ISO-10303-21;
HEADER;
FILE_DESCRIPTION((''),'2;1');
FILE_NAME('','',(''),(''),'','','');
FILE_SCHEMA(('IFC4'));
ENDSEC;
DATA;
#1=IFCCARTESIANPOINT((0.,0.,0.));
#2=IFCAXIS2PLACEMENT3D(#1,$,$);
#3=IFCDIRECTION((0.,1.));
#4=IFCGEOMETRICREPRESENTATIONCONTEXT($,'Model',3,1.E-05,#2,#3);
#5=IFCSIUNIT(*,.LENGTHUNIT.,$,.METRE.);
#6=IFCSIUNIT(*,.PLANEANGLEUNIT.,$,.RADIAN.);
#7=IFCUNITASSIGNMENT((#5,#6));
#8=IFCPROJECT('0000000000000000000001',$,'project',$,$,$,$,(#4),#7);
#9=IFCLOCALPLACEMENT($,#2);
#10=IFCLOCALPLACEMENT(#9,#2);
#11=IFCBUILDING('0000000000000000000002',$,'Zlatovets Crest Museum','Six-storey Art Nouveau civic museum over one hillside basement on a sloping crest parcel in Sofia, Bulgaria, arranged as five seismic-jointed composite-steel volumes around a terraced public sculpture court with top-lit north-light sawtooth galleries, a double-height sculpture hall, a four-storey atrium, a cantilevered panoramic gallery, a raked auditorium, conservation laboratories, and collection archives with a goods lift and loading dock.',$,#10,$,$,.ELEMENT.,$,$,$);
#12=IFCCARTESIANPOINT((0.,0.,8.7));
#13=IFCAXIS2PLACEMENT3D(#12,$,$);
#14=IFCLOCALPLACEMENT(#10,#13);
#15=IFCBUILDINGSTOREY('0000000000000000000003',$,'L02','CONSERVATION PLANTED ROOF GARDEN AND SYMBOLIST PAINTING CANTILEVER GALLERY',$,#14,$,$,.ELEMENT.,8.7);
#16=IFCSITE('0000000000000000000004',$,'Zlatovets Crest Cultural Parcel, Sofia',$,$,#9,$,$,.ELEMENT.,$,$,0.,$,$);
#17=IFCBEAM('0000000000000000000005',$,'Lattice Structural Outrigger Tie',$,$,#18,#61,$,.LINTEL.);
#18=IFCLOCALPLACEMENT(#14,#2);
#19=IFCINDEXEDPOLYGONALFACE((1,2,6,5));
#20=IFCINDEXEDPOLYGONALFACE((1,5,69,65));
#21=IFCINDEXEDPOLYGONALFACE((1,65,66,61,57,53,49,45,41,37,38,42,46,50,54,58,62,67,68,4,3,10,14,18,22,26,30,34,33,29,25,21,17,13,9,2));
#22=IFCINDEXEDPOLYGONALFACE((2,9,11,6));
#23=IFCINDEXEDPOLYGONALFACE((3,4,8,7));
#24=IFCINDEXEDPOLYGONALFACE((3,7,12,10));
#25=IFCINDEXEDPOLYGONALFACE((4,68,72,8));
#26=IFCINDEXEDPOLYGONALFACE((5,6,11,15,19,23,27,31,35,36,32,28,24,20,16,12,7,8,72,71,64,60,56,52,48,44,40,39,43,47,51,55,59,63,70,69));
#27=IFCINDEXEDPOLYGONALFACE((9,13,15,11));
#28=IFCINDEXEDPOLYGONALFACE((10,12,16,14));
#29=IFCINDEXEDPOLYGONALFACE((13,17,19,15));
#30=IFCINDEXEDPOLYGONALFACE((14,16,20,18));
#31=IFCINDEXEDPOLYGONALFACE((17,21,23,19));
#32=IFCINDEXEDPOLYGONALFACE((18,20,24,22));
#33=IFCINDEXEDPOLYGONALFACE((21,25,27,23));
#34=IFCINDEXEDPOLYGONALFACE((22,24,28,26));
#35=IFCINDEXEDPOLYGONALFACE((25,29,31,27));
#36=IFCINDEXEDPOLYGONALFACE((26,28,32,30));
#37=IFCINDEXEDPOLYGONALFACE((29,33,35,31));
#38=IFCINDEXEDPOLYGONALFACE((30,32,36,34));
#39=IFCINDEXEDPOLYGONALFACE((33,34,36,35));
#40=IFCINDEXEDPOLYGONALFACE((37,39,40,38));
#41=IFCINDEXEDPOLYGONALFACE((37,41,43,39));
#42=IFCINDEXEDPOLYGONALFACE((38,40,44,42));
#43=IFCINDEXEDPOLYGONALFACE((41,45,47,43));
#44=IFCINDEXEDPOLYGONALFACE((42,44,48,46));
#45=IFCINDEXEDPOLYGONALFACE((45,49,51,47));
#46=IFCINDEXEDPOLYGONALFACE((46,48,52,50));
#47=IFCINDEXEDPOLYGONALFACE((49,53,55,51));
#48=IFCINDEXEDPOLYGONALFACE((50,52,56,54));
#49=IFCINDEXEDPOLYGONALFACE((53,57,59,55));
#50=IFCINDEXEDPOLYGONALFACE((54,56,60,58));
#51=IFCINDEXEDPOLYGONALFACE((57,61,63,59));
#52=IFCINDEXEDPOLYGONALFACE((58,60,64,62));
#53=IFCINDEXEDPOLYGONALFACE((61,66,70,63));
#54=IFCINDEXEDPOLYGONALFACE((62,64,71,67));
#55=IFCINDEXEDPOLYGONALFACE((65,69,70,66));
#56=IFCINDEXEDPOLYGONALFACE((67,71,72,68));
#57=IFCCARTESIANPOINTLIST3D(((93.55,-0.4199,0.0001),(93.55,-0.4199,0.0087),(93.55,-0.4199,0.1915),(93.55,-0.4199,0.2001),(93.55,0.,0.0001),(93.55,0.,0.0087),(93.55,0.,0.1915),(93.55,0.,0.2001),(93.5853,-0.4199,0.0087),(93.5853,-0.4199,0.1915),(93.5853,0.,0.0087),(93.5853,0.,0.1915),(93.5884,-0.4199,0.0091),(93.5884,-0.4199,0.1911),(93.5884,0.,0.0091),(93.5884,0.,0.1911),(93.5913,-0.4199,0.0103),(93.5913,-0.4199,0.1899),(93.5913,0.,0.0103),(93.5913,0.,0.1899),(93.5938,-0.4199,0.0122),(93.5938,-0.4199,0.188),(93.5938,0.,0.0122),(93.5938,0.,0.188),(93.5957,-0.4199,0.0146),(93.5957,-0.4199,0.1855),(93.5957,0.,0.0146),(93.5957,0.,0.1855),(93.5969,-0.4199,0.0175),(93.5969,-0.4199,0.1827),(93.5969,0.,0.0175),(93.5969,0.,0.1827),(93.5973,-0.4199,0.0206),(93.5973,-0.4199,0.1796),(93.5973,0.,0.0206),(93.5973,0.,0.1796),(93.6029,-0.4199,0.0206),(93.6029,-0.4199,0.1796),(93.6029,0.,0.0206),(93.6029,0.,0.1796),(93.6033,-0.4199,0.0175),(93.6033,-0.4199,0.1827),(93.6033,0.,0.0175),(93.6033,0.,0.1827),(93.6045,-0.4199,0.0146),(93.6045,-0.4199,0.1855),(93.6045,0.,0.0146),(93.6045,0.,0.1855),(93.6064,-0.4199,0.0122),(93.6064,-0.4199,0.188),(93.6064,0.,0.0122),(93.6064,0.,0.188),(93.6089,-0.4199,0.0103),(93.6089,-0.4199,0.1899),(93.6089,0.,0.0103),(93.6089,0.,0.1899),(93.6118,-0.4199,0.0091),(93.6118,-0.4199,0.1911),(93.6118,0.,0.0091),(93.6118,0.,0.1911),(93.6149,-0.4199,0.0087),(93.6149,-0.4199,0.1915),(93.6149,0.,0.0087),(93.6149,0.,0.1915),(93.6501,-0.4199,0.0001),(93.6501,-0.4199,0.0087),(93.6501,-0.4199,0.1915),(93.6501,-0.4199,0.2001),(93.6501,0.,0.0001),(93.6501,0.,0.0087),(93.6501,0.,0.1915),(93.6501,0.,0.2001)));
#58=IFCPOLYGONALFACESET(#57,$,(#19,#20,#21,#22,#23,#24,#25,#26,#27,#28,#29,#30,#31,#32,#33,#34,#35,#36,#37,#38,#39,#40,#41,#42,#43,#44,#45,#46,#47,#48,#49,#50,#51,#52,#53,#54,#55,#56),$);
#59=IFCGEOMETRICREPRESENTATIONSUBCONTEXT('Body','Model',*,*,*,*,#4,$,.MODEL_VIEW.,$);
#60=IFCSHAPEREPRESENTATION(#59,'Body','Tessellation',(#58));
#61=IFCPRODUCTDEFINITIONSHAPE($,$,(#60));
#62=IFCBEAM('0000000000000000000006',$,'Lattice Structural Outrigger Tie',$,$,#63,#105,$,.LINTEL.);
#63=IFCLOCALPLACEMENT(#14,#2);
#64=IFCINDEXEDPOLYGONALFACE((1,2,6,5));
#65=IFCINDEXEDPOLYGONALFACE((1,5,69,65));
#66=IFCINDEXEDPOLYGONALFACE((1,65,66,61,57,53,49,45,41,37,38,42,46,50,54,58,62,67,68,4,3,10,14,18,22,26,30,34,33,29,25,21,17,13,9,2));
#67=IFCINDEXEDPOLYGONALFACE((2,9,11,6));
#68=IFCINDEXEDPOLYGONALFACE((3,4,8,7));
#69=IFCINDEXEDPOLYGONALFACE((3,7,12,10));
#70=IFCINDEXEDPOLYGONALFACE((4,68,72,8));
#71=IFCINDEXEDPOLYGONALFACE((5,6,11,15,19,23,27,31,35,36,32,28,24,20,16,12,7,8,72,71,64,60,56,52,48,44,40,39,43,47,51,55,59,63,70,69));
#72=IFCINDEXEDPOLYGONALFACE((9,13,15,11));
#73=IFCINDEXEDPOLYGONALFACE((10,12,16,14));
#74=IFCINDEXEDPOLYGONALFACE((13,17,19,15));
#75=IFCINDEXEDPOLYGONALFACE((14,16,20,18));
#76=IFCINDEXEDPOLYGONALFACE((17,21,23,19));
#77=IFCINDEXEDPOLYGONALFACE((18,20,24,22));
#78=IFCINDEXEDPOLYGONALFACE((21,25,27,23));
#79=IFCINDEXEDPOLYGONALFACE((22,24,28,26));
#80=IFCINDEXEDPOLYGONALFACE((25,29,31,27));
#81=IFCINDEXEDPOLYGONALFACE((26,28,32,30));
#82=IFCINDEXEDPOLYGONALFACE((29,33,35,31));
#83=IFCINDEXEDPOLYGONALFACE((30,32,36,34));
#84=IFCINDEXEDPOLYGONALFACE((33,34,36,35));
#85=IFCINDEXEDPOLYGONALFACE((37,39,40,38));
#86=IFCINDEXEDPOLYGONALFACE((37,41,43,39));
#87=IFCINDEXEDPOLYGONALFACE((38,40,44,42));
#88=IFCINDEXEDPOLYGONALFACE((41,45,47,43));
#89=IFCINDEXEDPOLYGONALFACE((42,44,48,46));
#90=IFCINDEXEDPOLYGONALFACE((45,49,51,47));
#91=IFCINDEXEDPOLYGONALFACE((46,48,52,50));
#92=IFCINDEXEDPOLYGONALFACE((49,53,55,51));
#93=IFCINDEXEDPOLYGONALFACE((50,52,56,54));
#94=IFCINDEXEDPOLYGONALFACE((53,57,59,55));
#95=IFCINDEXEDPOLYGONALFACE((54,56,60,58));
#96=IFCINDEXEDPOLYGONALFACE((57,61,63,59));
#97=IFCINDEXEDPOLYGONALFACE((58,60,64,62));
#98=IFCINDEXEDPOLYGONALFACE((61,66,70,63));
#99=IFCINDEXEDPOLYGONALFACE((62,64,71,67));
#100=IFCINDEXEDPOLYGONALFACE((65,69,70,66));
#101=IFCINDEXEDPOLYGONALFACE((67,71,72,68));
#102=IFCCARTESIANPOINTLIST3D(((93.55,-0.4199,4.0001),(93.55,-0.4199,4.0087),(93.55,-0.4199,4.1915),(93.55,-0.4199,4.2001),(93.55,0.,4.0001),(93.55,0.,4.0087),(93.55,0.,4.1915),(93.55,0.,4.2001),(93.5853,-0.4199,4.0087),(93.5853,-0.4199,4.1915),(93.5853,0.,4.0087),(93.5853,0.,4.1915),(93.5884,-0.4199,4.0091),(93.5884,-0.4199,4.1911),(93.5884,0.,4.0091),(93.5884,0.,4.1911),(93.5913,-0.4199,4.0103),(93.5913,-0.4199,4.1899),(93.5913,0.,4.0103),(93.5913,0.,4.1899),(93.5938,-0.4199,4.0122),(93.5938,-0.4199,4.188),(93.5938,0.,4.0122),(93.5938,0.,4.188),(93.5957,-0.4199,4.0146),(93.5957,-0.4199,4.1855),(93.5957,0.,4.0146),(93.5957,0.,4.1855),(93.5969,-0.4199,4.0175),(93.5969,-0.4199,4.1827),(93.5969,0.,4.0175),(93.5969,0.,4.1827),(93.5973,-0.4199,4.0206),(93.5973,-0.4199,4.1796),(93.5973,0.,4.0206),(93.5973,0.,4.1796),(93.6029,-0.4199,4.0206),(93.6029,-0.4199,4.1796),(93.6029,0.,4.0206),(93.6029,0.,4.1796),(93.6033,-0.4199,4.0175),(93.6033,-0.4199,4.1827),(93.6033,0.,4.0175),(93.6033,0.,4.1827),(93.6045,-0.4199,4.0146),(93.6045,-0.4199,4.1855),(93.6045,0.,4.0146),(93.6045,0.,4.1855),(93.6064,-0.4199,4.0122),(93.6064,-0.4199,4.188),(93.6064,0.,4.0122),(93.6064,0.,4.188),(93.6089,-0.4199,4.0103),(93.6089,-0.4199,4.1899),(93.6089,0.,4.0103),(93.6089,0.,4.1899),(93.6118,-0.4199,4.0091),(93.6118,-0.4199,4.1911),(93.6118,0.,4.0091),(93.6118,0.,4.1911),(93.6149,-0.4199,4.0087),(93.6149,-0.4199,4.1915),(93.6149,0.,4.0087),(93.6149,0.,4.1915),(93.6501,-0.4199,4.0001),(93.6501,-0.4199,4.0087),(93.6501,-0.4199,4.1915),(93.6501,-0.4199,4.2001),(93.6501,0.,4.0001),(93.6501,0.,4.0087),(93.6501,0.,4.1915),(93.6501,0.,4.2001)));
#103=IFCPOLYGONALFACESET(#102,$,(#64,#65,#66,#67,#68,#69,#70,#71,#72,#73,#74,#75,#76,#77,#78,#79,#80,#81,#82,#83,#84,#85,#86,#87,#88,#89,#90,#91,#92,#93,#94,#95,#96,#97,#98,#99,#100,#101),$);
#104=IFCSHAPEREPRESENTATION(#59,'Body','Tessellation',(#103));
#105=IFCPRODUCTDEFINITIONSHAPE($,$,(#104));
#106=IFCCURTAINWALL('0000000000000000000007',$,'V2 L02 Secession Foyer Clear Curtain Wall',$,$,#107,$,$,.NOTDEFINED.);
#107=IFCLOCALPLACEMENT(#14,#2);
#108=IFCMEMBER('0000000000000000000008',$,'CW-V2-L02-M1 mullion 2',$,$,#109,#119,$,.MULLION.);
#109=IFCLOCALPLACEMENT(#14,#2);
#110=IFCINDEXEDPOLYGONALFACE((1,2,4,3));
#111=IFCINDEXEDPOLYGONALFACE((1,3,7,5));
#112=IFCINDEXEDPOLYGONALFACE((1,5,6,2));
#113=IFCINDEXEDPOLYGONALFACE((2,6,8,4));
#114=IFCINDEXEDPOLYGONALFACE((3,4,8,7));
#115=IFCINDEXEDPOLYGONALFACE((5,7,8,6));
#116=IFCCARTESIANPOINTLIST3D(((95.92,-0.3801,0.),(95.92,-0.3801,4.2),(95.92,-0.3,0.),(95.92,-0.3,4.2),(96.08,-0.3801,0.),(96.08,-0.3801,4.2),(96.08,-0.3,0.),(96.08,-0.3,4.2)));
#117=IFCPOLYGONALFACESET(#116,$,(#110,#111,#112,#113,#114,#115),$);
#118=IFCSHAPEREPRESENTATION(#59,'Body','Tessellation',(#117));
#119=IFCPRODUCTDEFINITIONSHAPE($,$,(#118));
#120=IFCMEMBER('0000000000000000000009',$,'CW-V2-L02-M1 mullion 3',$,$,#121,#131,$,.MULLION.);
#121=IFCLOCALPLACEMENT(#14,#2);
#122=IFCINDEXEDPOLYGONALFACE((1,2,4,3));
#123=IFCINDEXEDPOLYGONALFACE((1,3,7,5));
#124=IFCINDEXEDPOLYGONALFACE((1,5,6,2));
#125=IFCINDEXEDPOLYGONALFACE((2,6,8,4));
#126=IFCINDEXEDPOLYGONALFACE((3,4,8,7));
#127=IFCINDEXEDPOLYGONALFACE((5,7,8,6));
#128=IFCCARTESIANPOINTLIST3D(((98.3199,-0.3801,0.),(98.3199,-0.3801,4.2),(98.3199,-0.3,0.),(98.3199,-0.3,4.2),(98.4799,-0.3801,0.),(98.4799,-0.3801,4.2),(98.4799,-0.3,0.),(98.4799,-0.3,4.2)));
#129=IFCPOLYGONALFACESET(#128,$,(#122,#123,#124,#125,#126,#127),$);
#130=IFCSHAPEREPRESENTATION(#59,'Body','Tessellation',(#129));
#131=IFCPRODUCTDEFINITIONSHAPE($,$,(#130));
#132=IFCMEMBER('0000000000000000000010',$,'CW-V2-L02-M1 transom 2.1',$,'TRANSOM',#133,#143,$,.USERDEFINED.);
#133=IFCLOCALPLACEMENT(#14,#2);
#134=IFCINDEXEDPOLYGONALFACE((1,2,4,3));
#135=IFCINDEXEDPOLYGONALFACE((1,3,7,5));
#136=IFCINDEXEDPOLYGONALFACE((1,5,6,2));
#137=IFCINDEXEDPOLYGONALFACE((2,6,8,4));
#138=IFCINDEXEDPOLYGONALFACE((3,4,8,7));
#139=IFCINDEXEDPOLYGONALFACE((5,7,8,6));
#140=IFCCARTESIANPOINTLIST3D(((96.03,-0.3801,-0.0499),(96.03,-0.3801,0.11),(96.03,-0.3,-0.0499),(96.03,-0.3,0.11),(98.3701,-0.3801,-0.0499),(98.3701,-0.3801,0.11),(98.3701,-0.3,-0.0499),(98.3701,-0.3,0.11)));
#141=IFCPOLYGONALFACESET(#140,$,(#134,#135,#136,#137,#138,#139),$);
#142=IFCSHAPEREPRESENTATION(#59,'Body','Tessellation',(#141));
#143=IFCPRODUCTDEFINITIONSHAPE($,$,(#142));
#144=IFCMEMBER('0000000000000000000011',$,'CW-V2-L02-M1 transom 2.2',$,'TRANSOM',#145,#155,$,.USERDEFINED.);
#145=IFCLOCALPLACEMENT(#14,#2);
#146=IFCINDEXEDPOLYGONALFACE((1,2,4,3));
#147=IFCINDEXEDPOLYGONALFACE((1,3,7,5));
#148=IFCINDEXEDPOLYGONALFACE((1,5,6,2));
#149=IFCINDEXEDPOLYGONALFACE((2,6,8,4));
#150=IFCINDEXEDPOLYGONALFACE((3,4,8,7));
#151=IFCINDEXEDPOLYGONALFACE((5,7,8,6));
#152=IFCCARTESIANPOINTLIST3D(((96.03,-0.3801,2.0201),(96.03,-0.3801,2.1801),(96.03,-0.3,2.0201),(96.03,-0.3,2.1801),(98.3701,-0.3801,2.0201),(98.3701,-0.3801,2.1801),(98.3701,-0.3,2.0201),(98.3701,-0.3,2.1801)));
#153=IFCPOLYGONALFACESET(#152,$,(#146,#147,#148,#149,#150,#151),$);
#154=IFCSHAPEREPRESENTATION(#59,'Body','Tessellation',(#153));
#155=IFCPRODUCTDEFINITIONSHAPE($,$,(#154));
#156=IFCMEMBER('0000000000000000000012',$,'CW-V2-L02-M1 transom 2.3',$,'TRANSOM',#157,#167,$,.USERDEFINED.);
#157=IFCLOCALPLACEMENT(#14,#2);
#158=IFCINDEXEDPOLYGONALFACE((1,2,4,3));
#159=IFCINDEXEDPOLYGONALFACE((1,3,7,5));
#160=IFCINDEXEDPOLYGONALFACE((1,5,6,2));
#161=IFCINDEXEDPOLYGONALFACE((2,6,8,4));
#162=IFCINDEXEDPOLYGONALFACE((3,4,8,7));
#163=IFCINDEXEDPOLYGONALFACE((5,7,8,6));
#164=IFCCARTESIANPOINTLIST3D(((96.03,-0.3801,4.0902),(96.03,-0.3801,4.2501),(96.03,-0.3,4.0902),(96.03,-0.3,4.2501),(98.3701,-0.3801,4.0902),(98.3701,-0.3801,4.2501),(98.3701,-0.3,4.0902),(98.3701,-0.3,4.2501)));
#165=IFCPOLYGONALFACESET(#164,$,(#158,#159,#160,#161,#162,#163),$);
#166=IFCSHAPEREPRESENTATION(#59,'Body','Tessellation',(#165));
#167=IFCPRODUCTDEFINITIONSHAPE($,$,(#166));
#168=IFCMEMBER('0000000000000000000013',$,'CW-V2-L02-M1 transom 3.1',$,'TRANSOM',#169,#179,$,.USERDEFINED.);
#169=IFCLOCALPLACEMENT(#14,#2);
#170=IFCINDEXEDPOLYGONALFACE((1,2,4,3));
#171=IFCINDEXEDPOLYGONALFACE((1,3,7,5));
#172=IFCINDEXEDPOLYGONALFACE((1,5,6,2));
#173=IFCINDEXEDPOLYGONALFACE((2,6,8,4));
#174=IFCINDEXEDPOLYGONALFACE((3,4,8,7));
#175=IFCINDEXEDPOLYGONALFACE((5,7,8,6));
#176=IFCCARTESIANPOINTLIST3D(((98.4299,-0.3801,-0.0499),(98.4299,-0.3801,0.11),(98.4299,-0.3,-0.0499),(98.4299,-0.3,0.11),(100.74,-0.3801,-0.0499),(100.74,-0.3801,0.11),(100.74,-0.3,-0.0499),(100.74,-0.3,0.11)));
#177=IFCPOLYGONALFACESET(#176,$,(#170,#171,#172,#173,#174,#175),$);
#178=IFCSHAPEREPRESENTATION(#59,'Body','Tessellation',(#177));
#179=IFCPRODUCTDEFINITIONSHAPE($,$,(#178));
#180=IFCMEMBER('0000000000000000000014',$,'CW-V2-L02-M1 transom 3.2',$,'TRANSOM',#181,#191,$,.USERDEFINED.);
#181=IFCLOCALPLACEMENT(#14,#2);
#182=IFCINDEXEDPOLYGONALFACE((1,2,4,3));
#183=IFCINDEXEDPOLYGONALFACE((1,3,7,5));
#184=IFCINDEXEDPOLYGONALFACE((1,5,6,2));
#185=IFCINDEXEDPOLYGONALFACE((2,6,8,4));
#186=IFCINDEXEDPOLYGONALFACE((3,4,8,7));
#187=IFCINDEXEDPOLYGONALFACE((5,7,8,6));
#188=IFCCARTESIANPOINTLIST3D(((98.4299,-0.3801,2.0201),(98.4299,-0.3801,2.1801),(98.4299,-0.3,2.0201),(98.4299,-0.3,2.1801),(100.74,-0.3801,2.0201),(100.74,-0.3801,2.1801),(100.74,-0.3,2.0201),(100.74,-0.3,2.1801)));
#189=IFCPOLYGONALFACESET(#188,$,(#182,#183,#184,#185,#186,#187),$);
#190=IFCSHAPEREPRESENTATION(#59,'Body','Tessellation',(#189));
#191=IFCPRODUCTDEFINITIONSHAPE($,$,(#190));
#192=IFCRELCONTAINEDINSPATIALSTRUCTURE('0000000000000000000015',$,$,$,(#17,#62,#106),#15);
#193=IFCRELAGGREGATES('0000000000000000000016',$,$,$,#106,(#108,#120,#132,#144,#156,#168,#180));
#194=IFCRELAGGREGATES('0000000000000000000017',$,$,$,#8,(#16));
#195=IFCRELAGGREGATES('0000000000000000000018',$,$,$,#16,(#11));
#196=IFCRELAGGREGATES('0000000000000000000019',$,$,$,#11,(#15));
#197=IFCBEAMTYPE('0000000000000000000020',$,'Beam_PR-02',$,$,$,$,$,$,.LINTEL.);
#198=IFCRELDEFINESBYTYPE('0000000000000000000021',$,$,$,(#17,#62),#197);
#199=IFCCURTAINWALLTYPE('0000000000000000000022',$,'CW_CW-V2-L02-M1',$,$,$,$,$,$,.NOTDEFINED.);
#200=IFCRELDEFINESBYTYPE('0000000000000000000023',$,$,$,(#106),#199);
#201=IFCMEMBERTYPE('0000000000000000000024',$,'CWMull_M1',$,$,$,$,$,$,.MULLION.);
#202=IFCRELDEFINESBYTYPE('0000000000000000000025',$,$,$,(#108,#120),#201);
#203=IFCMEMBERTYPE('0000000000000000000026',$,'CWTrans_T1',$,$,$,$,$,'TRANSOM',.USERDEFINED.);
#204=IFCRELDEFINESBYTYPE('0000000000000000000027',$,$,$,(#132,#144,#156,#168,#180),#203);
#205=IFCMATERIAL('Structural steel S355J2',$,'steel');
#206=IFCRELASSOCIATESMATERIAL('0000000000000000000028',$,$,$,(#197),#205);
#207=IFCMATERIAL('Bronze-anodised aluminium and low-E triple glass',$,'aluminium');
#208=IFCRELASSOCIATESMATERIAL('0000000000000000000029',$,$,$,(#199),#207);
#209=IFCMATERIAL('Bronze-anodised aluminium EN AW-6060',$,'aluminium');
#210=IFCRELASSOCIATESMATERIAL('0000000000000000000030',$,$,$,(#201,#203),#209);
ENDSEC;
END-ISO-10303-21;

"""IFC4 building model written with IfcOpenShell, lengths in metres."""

from ifc_helpers import new_model, si_unit, direction, frame, origin, origin_2d, place, context, subcontext, project, spatial, rectangle, i_section, extrude, material, material_profile, profile_set, type_object, element, aggregate, save


model = new_model("IFC4")

# Units and contexts
model_context = context("Model", 3, precision=1e-05, world=origin(), true_north=direction((0.0, 1.0)))
body_context = subcontext(model_context, "Body", "Model", "MODEL_VIEW")
ifc_project = project(units=[si_unit("LENGTHUNIT", "METRE"), si_unit("PLANEANGLEUNIT", "RADIAN")], contexts=[model_context])

# Site, building, storey
site_placement = place(None, origin())
site = spatial("IfcSite", under=ifc_project, at=site_placement, Name="Zlatovets Crest Cultural Parcel, Sofia", CompositionType="ELEMENT", RefElevation=0.0)
building_placement = place(site_placement, origin())
building = spatial("IfcBuilding", under=site, at=building_placement, Name="Zlatovets Crest Museum", Description="Six-storey Art Nouveau civic museum over one hillside basement on a sloping crest parcel in Sofia, Bulgaria, arranged as five seismic-jointed composite-steel volumes around a terraced public sculpture court with top-lit north-light sawtooth galleries, a double-height sculpture hall, a four-storey atrium, a cantilevered panoramic gallery, a raked auditorium, conservation laboratories, and collection archives with a goods lift and loading dock.", CompositionType="ELEMENT")
storey_placement = place(building_placement, frame((0.0, 0.0, 8.7)))
storey = spatial("IfcBuildingStorey", under=building, at=storey_placement, Name="L02", Description="CONSERVATION PLANTED ROOF GARDEN AND SYMBOLIST PAINTING CANTILEVER GALLERY", CompositionType="ELEMENT", Elevation=8.7)

# Shared definitions
ifc_material_1 = material(Name="Structural steel S355J2", Category="steel")

# Beams
ifc_material_profile_1 = material_profile(ifc_material_1, i_section(OverallWidth=0.1001, OverallDepth=0.2, WebThickness=0.0056, FlangeThickness=0.0085, FilletRadius=0.012, at=origin_2d()), Name="IPE 200")
ifc_profile_set_1 = profile_set([ifc_material_profile_1], Name="Structural steel S355J2")
beam_type_1 = type_object("IfcBeamType", Name="Beam_PR-02", PredefinedType="LINTEL", material=ifc_profile_set_1)
for number, where, z_axis, x_axis, name in (
    (1, (93.6001, 0.0, 0.1001), (0.0, -1.0, 0.0), (1.0, 0.0, 0.0), "Lattice Structural Outrigger Tie"),
    (2, (93.6001, 0.0, 4.1001), (0.0, -1.0, 0.0), (1.0, 0.0, 0.0), "Lattice Structural Outrigger Tie"),
):
    element("IfcBeam", number, at=place(storey_placement, frame(where, z_axis=z_axis, x_axis=x_axis)), inside=storey, type_object=beam_type_1, Name=name, PredefinedType="LINTEL", context=body_context, shape_type="SweptSolid", body=[
        extrude(i_section(OverallWidth=0.1001, OverallDepth=0.2, WebThickness=0.0056, FlangeThickness=0.0085, FilletRadius=0.012, at=origin_2d()), origin(), (0.0, 0.0, 1.0), 0.4199),
    ])

# Curtain wall, members
ifc_material_2 = material(Name="Bronze-anodised aluminium and low-E triple glass", Category="aluminium")
curtain_wall_type = type_object("IfcCurtainWallType", Name="CW_CW-V2-L02-M1", PredefinedType="NOTDEFINED", material=ifc_material_2)
curtain_wall_placement = place(storey_placement, origin())
curtain_wall = element("IfcCurtainWall", 3, at=curtain_wall_placement, inside=storey, type_object=curtain_wall_type, Name="V2 L02 Secession Foyer Clear Curtain Wall", PredefinedType="NOTDEFINED")
ifc_material_3 = material(Name="Bronze-anodised aluminium EN AW-6060", Category="aluminium")
ifc_material_profile_2 = material_profile(ifc_material_3, rectangle(XDim=0.0801, YDim=0.1599, at=origin_2d()), Name="ALU 80x160")
ifc_profile_set_2 = profile_set([ifc_material_profile_2], Name="Bronze-anodised aluminium EN AW-6060")
member_type_1 = type_object("IfcMemberType", Name="CWMull_M1", PredefinedType="MULLION", material=ifc_profile_set_2)
member_1_placement = place(storey_placement, frame((96.0, -0.3401, 0.0), z_axis=(0.0, 0.0, 1.0), x_axis=(0.0, 1.0, 0.0)))
member_1 = element("IfcMember", 4, at=member_1_placement, type_object=member_type_1, Name="CW-V2-L02-M1 mullion 2", PredefinedType="MULLION", context=body_context, shape_type="SweptSolid", body=[
    extrude(rectangle(XDim=0.0801, YDim=0.1599, at=origin_2d()), origin(), (0.0, 0.0, 1.0), 4.2),
])
member_2_placement = place(storey_placement, frame((98.3999, -0.3401, 0.0), z_axis=(0.0, 0.0, 1.0), x_axis=(0.0, 1.0, 0.0)))
member_2 = element("IfcMember", 5, at=member_2_placement, type_object=member_type_1, Name="CW-V2-L02-M1 mullion 3", PredefinedType="MULLION", context=body_context, shape_type="SweptSolid", body=[
    extrude(rectangle(XDim=0.0801, YDim=0.1599, at=origin_2d()), origin(), (0.0, 0.0, 1.0), 4.2),
])
ifc_material_profile_3 = material_profile(ifc_material_3, rectangle(XDim=0.0801, YDim=0.1599, at=origin_2d()), Name="ALU 80x160")
ifc_profile_set_3 = profile_set([ifc_material_profile_3], Name="Bronze-anodised aluminium EN AW-6060")
member_type_2 = type_object("IfcMemberType", Name="CWTrans_T1", ElementType="TRANSOM", PredefinedType="USERDEFINED", material=ifc_profile_set_3)
member_3_placement = place(storey_placement, frame((96.03, -0.3401, 0.03), z_axis=(1.0, 0.0, 0.0), x_axis=(0.0, 1.0, 0.0)))
member_3 = element("IfcMember", 6, at=member_3_placement, type_object=member_type_2, Name="CW-V2-L02-M1 transom 2.1", ObjectType="TRANSOM", PredefinedType="USERDEFINED", context=body_context, shape_type="SweptSolid", body=[
    extrude(rectangle(XDim=0.0801, YDim=0.1599, at=origin_2d()), origin(), (0.0, 0.0, 1.0), 2.3401),
])
member_4_placement = place(storey_placement, frame((96.03, -0.3401, 2.1001), z_axis=(1.0, 0.0, 0.0), x_axis=(0.0, 1.0, 0.0)))
member_4 = element("IfcMember", 7, at=member_4_placement, type_object=member_type_2, Name="CW-V2-L02-M1 transom 2.2", ObjectType="TRANSOM", PredefinedType="USERDEFINED", context=body_context, shape_type="SweptSolid", body=[
    extrude(rectangle(XDim=0.0801, YDim=0.1599, at=origin_2d()), origin(), (0.0, 0.0, 1.0), 2.3401),
])
member_5_placement = place(storey_placement, frame((96.03, -0.3401, 4.1702), z_axis=(1.0, 0.0, 0.0), x_axis=(0.0, 1.0, 0.0)))
member_5 = element("IfcMember", 8, at=member_5_placement, type_object=member_type_2, Name="CW-V2-L02-M1 transom 2.3", ObjectType="TRANSOM", PredefinedType="USERDEFINED", context=body_context, shape_type="SweptSolid", body=[
    extrude(rectangle(XDim=0.0801, YDim=0.1599, at=origin_2d()), origin(), (0.0, 0.0, 1.0), 2.3401),
])
member_6_placement = place(storey_placement, frame((98.4299, -0.3401, 0.03), z_axis=(1.0, 0.0, 0.0), x_axis=(0.0, 1.0, 0.0)))
member_6 = element("IfcMember", 9, at=member_6_placement, type_object=member_type_2, Name="CW-V2-L02-M1 transom 3.1", ObjectType="TRANSOM", PredefinedType="USERDEFINED", context=body_context, shape_type="SweptSolid", body=[
    extrude(rectangle(XDim=0.0801, YDim=0.1599, at=origin_2d()), origin(), (0.0, 0.0, 1.0), 2.3101),
])
member_7_placement = place(storey_placement, frame((98.4299, -0.3401, 2.1001), z_axis=(1.0, 0.0, 0.0), x_axis=(0.0, 1.0, 0.0)))
member_7 = element("IfcMember", 10, at=member_7_placement, type_object=member_type_2, Name="CW-V2-L02-M1 transom 3.2", ObjectType="TRANSOM", PredefinedType="USERDEFINED", context=body_context, shape_type="SweptSolid", body=[
    extrude(rectangle(XDim=0.0801, YDim=0.1599, at=origin_2d()), origin(), (0.0, 0.0, 1.0), 2.3101),
])
aggregate(curtain_wall, [member_1, member_2, member_3, member_4, member_5, member_6, member_7])

save(model, "model.ifc")
